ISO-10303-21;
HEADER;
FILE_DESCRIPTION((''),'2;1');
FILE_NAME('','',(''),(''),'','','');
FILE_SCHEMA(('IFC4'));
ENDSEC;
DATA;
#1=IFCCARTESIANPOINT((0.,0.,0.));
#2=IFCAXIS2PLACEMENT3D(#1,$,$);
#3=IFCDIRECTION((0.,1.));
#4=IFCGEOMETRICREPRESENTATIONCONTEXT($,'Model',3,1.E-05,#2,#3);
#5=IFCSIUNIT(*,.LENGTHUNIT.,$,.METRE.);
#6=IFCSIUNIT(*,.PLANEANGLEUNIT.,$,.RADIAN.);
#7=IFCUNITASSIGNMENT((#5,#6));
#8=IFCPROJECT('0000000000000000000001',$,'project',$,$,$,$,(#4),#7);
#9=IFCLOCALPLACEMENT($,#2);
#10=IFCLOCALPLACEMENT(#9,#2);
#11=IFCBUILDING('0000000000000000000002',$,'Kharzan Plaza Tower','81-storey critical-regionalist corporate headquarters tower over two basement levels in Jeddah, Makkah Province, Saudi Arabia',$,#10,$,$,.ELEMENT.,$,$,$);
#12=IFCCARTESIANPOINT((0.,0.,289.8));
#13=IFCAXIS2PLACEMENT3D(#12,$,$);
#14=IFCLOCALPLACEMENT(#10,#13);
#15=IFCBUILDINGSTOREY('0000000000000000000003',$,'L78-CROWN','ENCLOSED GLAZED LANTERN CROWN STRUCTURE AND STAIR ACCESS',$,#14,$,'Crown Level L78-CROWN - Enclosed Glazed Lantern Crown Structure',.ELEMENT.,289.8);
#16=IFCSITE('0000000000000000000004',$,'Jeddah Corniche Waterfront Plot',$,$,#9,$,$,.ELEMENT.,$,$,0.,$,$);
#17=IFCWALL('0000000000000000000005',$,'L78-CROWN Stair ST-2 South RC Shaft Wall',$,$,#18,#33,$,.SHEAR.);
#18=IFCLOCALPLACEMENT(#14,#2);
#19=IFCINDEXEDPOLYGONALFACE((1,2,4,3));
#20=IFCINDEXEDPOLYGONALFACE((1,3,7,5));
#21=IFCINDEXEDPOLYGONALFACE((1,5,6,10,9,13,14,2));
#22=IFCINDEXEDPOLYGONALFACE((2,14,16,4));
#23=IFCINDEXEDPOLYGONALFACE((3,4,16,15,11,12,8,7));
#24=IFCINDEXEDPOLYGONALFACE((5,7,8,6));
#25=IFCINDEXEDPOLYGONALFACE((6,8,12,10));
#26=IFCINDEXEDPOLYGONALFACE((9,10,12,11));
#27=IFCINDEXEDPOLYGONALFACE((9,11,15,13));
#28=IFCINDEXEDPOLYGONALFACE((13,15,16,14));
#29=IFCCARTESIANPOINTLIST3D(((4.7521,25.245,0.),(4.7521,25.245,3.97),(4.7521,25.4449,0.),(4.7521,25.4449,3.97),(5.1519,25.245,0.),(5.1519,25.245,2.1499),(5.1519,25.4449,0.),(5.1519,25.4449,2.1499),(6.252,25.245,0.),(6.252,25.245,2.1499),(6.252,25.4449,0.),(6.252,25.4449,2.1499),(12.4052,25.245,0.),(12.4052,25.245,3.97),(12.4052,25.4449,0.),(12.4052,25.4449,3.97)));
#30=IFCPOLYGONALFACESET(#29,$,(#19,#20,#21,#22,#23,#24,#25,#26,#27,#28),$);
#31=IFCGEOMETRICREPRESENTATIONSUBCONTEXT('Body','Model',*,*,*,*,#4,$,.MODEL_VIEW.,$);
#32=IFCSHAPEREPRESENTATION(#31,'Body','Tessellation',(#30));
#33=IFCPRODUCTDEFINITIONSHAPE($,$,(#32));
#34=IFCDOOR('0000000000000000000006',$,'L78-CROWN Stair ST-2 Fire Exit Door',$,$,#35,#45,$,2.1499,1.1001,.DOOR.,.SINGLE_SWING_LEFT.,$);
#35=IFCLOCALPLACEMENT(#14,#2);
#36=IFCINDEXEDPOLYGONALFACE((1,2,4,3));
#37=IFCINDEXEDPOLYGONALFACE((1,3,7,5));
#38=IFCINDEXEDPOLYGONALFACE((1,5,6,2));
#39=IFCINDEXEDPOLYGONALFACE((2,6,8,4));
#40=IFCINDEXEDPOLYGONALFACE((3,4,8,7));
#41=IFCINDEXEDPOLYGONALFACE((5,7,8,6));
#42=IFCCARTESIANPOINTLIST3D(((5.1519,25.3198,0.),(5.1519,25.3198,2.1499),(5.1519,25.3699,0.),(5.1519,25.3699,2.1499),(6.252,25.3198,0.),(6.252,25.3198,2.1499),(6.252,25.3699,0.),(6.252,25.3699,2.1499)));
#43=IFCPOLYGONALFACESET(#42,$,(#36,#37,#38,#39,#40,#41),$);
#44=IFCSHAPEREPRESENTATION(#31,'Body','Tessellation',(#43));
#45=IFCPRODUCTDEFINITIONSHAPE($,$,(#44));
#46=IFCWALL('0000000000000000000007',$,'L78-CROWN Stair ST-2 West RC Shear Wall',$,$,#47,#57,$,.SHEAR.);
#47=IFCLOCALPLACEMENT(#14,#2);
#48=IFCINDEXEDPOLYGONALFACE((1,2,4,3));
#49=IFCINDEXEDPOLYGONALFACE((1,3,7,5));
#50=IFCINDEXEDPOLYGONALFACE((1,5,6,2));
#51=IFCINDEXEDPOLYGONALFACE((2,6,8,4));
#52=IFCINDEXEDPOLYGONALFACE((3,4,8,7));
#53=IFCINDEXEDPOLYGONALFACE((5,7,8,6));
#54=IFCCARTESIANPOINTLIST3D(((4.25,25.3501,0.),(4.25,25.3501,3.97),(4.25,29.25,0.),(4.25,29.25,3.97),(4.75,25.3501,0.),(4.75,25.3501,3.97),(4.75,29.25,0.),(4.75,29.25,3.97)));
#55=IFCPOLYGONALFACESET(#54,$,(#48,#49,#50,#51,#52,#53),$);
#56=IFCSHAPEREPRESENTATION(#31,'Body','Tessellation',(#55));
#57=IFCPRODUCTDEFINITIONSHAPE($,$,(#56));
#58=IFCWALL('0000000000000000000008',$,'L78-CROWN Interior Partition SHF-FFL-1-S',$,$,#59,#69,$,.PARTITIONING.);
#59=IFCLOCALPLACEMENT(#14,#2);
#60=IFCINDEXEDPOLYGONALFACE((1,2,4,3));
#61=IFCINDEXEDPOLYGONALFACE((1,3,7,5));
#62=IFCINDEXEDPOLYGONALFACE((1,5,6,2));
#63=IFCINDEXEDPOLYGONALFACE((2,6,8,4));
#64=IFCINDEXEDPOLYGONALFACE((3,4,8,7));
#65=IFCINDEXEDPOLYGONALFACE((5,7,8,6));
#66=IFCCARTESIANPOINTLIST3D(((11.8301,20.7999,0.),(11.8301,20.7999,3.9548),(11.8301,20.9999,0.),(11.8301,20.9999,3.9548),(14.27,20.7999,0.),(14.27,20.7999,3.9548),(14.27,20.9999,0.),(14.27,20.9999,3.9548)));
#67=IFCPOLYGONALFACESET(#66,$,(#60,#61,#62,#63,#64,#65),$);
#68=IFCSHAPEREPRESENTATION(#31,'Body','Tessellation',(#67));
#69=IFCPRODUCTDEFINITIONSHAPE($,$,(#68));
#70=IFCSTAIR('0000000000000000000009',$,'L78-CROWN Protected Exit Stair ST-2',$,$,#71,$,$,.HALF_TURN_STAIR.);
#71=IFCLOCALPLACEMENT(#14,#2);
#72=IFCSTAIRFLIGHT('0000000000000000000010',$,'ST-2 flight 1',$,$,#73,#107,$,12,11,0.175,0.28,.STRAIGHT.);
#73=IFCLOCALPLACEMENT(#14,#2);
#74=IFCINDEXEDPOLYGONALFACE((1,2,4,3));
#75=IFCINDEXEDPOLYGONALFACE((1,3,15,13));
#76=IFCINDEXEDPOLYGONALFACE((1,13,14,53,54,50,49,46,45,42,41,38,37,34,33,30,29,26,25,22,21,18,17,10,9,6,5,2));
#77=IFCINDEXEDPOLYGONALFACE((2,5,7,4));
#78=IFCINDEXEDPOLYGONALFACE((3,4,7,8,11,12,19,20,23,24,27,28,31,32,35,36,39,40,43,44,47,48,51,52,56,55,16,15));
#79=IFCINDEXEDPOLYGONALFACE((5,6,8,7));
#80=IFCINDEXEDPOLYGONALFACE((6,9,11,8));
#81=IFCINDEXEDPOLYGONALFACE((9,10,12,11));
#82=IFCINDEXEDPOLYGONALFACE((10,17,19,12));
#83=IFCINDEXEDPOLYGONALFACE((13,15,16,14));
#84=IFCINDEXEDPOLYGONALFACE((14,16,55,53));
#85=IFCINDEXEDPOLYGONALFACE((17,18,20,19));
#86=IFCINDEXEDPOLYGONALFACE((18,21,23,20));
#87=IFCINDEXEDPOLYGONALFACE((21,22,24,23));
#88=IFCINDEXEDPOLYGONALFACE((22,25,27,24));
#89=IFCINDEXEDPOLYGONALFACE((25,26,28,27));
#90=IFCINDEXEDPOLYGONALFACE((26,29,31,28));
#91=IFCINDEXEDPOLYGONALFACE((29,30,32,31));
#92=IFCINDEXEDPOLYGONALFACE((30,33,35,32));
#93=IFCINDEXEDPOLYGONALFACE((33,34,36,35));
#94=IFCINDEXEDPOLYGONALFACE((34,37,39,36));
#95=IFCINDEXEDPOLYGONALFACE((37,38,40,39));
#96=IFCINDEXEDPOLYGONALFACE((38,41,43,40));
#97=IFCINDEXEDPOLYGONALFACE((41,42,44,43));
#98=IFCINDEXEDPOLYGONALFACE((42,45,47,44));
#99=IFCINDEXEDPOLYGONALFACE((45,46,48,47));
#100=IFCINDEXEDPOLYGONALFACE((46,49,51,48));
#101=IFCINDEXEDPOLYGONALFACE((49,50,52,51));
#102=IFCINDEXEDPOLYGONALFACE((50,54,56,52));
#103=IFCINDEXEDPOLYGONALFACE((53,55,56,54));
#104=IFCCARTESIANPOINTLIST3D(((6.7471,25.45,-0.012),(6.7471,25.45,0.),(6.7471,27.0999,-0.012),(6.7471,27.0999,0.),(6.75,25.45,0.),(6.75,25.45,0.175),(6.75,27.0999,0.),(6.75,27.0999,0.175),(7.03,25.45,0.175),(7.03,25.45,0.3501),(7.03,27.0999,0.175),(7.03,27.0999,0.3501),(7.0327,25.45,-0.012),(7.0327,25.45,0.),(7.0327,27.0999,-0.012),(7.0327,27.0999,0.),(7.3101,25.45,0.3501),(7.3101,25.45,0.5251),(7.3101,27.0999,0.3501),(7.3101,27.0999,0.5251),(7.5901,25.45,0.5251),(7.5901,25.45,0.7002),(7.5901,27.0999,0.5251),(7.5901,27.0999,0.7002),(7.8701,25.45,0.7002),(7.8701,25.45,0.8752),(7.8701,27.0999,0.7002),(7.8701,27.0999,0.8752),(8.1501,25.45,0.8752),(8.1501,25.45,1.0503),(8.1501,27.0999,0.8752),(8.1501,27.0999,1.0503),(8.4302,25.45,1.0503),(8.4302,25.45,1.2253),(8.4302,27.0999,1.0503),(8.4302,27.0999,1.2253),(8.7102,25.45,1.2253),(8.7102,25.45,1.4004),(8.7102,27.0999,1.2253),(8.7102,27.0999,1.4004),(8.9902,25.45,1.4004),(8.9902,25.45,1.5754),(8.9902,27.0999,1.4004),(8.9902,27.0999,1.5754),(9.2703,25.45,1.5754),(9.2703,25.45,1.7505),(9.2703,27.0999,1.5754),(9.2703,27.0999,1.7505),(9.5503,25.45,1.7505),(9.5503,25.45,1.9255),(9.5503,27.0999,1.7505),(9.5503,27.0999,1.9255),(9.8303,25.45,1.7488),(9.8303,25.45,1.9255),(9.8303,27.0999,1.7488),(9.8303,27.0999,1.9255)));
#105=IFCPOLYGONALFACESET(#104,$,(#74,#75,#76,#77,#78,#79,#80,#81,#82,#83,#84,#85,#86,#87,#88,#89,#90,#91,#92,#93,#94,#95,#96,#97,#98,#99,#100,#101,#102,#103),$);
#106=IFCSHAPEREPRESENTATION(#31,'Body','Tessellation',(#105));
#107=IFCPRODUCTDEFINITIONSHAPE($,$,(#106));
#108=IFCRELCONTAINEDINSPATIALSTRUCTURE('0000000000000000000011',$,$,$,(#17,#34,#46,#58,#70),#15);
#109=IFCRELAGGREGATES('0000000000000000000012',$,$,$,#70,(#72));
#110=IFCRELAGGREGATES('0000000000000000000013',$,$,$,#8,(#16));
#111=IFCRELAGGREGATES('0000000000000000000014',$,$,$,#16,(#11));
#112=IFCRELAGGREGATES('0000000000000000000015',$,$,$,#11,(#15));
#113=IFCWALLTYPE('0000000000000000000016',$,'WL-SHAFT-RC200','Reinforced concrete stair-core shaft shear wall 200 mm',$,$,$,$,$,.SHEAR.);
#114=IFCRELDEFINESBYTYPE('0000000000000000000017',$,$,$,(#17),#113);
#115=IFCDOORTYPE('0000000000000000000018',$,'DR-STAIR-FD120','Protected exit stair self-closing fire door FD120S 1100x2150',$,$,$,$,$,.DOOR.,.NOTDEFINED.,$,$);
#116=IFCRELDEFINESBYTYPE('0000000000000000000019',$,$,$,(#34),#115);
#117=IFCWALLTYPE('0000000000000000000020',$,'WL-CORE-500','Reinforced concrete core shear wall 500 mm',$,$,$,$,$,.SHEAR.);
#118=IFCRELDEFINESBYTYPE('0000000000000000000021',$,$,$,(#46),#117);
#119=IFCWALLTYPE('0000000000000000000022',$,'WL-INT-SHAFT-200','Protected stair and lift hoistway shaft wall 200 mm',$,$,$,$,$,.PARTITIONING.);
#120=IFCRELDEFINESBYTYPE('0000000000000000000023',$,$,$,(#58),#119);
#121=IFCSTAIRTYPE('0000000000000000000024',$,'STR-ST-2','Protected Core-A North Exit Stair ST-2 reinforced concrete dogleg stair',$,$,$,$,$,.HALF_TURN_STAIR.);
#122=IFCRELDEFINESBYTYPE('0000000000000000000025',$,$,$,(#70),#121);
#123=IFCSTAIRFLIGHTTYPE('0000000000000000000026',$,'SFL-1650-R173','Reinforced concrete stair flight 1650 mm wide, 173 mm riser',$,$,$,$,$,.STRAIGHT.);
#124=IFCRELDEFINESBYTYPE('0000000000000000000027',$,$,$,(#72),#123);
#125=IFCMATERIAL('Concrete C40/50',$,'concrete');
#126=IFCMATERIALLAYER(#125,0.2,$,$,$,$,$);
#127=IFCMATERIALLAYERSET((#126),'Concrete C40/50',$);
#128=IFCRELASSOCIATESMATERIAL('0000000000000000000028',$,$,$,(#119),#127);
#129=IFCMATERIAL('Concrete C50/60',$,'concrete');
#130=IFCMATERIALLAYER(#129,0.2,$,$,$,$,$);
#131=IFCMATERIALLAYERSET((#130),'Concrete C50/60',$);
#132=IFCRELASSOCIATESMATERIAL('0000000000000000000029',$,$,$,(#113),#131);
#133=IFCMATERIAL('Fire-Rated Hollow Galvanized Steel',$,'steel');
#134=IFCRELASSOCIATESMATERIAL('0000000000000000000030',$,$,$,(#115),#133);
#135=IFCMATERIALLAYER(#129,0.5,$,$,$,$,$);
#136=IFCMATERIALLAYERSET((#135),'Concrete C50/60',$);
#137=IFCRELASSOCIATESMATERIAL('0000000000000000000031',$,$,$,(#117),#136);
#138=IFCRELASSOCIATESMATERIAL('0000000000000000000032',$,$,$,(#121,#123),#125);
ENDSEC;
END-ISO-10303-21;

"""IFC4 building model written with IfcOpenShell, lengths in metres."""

from ifc_helpers import new_model, si_unit, direction, frame, frame_2d, origin, place, context, subcontext, project, spatial, polyline, rectangle, outline, extrude, source, transform, mapped, material, layer, layer_set, type_object, element, fill, aggregate, save


model = new_model("IFC4")

# Units and contexts
model_context = context("Model", 3, precision=1e-05, world=origin(), true_north=direction((0.0, 1.0)))
body_context = subcontext(model_context, "Body", "Model", "MODEL_VIEW")
ifc_project = project(units=[si_unit("LENGTHUNIT", "METRE"), si_unit("PLANEANGLEUNIT", "RADIAN")], contexts=[model_context])

# Site, building, storey
site_placement = place(None, origin())
site = spatial("IfcSite", under=ifc_project, at=site_placement, Name="Jeddah Corniche Waterfront Plot", CompositionType="ELEMENT", RefElevation=0.0)
building_placement = place(site_placement, origin())
building = spatial("IfcBuilding", under=site, at=building_placement, Name="Kharzan Plaza Tower", Description="81-storey critical-regionalist corporate headquarters tower over two basement levels in Jeddah, Makkah Province, Saudi Arabia", CompositionType="ELEMENT")
storey_placement = place(building_placement, frame((0.0, 0.0, 289.8)))
storey = spatial("IfcBuildingStorey", under=building, at=storey_placement, Name="L78-CROWN", Description="ENCLOSED GLAZED LANTERN CROWN STRUCTURE AND STAIR ACCESS", LongName="Crown Level L78-CROWN - Enclosed Glazed Lantern Crown Structure", CompositionType="ELEMENT", Elevation=289.8)

# Wall, opening, door
ifc_material_1 = material(Name="Concrete C40/50", Category="concrete")
ifc_layer_1 = layer(ifc_material_1, 0.2)
ifc_layer_set_1 = layer_set([ifc_layer_1], Name="Concrete C40/50")
wall_type_1 = type_object("IfcWallType", Name="WL-INT-SHAFT-200", Description="Protected stair and lift hoistway shaft wall 200 mm", PredefinedType="PARTITIONING", material=ifc_layer_set_1)
ifc_material_2 = material(Name="Concrete C50/60", Category="concrete")
ifc_layer_2 = layer(ifc_material_2, 0.2)
ifc_layer_set_2 = layer_set([ifc_layer_2], Name="Concrete C50/60")
wall_type_2 = type_object("IfcWallType", Name="WL-SHAFT-RC200", Description="Reinforced concrete stair-core shaft shear wall 200 mm", PredefinedType="SHEAR", material=ifc_layer_set_2)
wall_1_placement = place(storey_placement, frame((4.752, 25.345, 0.0), z_axis=(0.0, 0.0, 1.0), x_axis=(1.0, 0.0, 0.0)))
wall_1 = element("IfcWall", 1, at=wall_1_placement, inside=storey, type_object=wall_type_2, Name="L78-CROWN Stair ST-2 South RC Shaft Wall", PredefinedType="SHEAR", context=body_context, shape_type="SweptSolid", body=[
    extrude(rectangle(XDim=7.6531, YDim=0.2, at=frame_2d((3.8267, 0.0))), origin(), (0.0, 0.0, 1.0), 3.97),
])
opening_1_placement = place(wall_1_placement, frame((0.3999, 0.0, 0.0)))
opening_1 = element("IfcOpeningElement", 2, at=opening_1_placement, cuts=wall_1, PredefinedType="OPENING", context=body_context, shape_type="SweptSolid", body=[
    extrude(rectangle(XDim=1.1001, YDim=2.1499, at=frame_2d((0.55, 1.075))), frame((0.0, 0.1099, 0.0), z_axis=(0.0, -1.0, 0.0), x_axis=(1.0, 0.0, 0.0)), (0.0, 0.0, 1.0), 0.22),
])
ifc_material_3 = material(Name="Fire-Rated Hollow Galvanized Steel", Category="steel")
door_type_1 = type_object("IfcDoorType", Name="DR-STAIR-FD120", Description="Protected exit stair self-closing fire door FD120S 1100x2150", OperationType="NOTDEFINED", PredefinedType="DOOR", material=ifc_material_3)
shared_shape_1 = source(origin(), body_context, "Body", "SweptSolid", [
    extrude(rectangle(XDim=1.1001, YDim=2.1499, at=frame_2d((0.55, 1.075))), frame((0.0, 0.0249, 0.0), z_axis=(0.0, -1.0, 0.0), x_axis=(1.0, 0.0, 0.0)), (0.0, 0.0, 1.0), 0.05),
])
door_1_placement = place(opening_1_placement, origin())
door_1 = element("IfcDoor", 3, at=door_1_placement, inside=storey, type_object=door_type_1, Name="L78-CROWN Stair ST-2 Fire Exit Door", OperationType="SINGLE_SWING_LEFT", OverallHeight=2.1499, OverallWidth=1.1001, PredefinedType="DOOR", context=body_context, shape_type="MappedRepresentation", body=[
    mapped(shared_shape_1, transform((0.0, 0.0, 0.0), x_axis=(1.0, 0.0, 0.0), y_axis=(0.0, 1.0, 0.0), z_axis=(0.0, 0.0, 1.0))),
])
fill(opening_1, door_1)

# Walls
ifc_layer_3 = layer(ifc_material_2, 0.5)
ifc_layer_set_3 = layer_set([ifc_layer_3], Name="Concrete C50/60")
wall_type_3 = type_object("IfcWallType", Name="WL-CORE-500", Description="Reinforced concrete core shear wall 500 mm", PredefinedType="SHEAR", material=ifc_layer_set_3)
shared_shape_2 = source(origin(), body_context, "Body", "SweptSolid", [
    extrude(rectangle(XDim=3.8999, YDim=0.5, at=frame_2d((1.95, 0.0))), origin(), (0.0, 0.0, 1.0), 3.97),
])
wall_2_placement = place(storey_placement, frame((4.5, 25.3501, 0.0), z_axis=(0.0, 0.0, 1.0), x_axis=(0.0, 1.0, 0.0)))
element("IfcWall", 4, at=wall_2_placement, inside=storey, type_object=wall_type_3, Name="L78-CROWN Stair ST-2 West RC Shear Wall", PredefinedType="SHEAR", context=body_context, shape_type="MappedRepresentation", body=[
    mapped(shared_shape_2, transform((0.0, 0.0, 0.0), x_axis=(1.0, 0.0, 0.0), y_axis=(0.0, 1.0, 0.0), z_axis=(0.0, 0.0, 1.0))),
])
shared_shape_3 = source(origin(), body_context, "Body", "SweptSolid", [
    extrude(rectangle(XDim=2.4399, YDim=0.2, at=frame_2d((1.22, 0.0))), origin(), (0.0, 0.0, 1.0), 3.9548),
])
wall_3_placement = place(storey_placement, frame((11.8301, 20.8999, 0.0), z_axis=(0.0, 0.0, 1.0), x_axis=(1.0, 0.0, 0.0)))
element("IfcWall", 5, at=wall_3_placement, inside=storey, type_object=wall_type_1, Name="L78-CROWN Interior Partition SHF-FFL-1-S", PredefinedType="PARTITIONING", context=body_context, shape_type="MappedRepresentation", body=[
    mapped(shared_shape_3, transform((0.0, 0.0, 0.0), x_axis=(1.0, 0.0, 0.0), y_axis=(0.0, 1.0, 0.0), z_axis=(0.0, 0.0, 1.0))),
])

# Stair, stair flight
stair_type = type_object("IfcStairType", Name="STR-ST-2", Description="Protected Core-A North Exit Stair ST-2 reinforced concrete dogleg stair", PredefinedType="HALF_TURN_STAIR", material=ifc_material_1)
stair_placement = place(storey_placement, origin())
stair = element("IfcStair", 6, at=stair_placement, inside=storey, type_object=stair_type, Name="L78-CROWN Protected Exit Stair ST-2", PredefinedType="HALF_TURN_STAIR")
stair_flight_type = type_object("IfcStairFlightType", Name="SFL-1650-R173", Description="Reinforced concrete stair flight 1650 mm wide, 173 mm riser", PredefinedType="STRAIGHT", material=ifc_material_1)
shared_shape_4 = source(origin(), body_context, "Body", "SweptSolid", [
    extrude(outline(polyline([(-0.0029, -0.012), (-0.0029, 0.0), (0.0, 0.0), (0.0, 0.175), (0.28, 0.175), (0.28, 0.3501), (0.5601, 0.3501), (0.5601, 0.5251), (0.8401, 0.5251), (0.8401, 0.7002), (1.1201, 0.7002), (1.1201, 0.8752), (1.4001, 0.8752), (1.4001, 1.0503), (1.6802, 1.0503), (1.6802, 1.2253), (1.9602, 1.2253), (1.9602, 1.4004), (2.2402, 1.4004), (2.2402, 1.5754), (2.5203, 1.5754), (2.5203, 1.7505), (2.8003, 1.7505), (2.8003, 1.9255), (3.0803, 1.9255), (3.0803, 2.1006), (3.0803, 1.7488), (0.2827, 0.0), (0.2827, -0.012), (-0.0029, -0.012)])), frame((0.0, 0.825, 0.0), z_axis=(0.0, -1.0, 0.0), x_axis=(1.0, 0.0, 0.0)), (0.0, 0.0, 1.0), 1.6499),
])
stair_flight_placement = place(storey_placement, frame((6.75, 26.2749, 0.0), z_axis=(0.0, 0.0, 1.0), x_axis=(1.0, 0.0, 0.0)))
stair_flight = element("IfcStairFlight", 7, at=stair_flight_placement, type_object=stair_flight_type, Name="ST-2 flight 1", NumberOfRisers=12, NumberOfTreads=11, PredefinedType="STRAIGHT", RiserHeight=0.175, TreadLength=0.28, context=body_context, shape_type="MappedRepresentation", body=[
    mapped(shared_shape_4, transform((0.0, 0.0, 0.0), x_axis=(1.0, 0.0, 0.0), y_axis=(0.0, 1.0, 0.0), z_axis=(0.0, 0.0, 1.0))),
])
aggregate(stair, [stair_flight])

save(model, "model.ifc")
